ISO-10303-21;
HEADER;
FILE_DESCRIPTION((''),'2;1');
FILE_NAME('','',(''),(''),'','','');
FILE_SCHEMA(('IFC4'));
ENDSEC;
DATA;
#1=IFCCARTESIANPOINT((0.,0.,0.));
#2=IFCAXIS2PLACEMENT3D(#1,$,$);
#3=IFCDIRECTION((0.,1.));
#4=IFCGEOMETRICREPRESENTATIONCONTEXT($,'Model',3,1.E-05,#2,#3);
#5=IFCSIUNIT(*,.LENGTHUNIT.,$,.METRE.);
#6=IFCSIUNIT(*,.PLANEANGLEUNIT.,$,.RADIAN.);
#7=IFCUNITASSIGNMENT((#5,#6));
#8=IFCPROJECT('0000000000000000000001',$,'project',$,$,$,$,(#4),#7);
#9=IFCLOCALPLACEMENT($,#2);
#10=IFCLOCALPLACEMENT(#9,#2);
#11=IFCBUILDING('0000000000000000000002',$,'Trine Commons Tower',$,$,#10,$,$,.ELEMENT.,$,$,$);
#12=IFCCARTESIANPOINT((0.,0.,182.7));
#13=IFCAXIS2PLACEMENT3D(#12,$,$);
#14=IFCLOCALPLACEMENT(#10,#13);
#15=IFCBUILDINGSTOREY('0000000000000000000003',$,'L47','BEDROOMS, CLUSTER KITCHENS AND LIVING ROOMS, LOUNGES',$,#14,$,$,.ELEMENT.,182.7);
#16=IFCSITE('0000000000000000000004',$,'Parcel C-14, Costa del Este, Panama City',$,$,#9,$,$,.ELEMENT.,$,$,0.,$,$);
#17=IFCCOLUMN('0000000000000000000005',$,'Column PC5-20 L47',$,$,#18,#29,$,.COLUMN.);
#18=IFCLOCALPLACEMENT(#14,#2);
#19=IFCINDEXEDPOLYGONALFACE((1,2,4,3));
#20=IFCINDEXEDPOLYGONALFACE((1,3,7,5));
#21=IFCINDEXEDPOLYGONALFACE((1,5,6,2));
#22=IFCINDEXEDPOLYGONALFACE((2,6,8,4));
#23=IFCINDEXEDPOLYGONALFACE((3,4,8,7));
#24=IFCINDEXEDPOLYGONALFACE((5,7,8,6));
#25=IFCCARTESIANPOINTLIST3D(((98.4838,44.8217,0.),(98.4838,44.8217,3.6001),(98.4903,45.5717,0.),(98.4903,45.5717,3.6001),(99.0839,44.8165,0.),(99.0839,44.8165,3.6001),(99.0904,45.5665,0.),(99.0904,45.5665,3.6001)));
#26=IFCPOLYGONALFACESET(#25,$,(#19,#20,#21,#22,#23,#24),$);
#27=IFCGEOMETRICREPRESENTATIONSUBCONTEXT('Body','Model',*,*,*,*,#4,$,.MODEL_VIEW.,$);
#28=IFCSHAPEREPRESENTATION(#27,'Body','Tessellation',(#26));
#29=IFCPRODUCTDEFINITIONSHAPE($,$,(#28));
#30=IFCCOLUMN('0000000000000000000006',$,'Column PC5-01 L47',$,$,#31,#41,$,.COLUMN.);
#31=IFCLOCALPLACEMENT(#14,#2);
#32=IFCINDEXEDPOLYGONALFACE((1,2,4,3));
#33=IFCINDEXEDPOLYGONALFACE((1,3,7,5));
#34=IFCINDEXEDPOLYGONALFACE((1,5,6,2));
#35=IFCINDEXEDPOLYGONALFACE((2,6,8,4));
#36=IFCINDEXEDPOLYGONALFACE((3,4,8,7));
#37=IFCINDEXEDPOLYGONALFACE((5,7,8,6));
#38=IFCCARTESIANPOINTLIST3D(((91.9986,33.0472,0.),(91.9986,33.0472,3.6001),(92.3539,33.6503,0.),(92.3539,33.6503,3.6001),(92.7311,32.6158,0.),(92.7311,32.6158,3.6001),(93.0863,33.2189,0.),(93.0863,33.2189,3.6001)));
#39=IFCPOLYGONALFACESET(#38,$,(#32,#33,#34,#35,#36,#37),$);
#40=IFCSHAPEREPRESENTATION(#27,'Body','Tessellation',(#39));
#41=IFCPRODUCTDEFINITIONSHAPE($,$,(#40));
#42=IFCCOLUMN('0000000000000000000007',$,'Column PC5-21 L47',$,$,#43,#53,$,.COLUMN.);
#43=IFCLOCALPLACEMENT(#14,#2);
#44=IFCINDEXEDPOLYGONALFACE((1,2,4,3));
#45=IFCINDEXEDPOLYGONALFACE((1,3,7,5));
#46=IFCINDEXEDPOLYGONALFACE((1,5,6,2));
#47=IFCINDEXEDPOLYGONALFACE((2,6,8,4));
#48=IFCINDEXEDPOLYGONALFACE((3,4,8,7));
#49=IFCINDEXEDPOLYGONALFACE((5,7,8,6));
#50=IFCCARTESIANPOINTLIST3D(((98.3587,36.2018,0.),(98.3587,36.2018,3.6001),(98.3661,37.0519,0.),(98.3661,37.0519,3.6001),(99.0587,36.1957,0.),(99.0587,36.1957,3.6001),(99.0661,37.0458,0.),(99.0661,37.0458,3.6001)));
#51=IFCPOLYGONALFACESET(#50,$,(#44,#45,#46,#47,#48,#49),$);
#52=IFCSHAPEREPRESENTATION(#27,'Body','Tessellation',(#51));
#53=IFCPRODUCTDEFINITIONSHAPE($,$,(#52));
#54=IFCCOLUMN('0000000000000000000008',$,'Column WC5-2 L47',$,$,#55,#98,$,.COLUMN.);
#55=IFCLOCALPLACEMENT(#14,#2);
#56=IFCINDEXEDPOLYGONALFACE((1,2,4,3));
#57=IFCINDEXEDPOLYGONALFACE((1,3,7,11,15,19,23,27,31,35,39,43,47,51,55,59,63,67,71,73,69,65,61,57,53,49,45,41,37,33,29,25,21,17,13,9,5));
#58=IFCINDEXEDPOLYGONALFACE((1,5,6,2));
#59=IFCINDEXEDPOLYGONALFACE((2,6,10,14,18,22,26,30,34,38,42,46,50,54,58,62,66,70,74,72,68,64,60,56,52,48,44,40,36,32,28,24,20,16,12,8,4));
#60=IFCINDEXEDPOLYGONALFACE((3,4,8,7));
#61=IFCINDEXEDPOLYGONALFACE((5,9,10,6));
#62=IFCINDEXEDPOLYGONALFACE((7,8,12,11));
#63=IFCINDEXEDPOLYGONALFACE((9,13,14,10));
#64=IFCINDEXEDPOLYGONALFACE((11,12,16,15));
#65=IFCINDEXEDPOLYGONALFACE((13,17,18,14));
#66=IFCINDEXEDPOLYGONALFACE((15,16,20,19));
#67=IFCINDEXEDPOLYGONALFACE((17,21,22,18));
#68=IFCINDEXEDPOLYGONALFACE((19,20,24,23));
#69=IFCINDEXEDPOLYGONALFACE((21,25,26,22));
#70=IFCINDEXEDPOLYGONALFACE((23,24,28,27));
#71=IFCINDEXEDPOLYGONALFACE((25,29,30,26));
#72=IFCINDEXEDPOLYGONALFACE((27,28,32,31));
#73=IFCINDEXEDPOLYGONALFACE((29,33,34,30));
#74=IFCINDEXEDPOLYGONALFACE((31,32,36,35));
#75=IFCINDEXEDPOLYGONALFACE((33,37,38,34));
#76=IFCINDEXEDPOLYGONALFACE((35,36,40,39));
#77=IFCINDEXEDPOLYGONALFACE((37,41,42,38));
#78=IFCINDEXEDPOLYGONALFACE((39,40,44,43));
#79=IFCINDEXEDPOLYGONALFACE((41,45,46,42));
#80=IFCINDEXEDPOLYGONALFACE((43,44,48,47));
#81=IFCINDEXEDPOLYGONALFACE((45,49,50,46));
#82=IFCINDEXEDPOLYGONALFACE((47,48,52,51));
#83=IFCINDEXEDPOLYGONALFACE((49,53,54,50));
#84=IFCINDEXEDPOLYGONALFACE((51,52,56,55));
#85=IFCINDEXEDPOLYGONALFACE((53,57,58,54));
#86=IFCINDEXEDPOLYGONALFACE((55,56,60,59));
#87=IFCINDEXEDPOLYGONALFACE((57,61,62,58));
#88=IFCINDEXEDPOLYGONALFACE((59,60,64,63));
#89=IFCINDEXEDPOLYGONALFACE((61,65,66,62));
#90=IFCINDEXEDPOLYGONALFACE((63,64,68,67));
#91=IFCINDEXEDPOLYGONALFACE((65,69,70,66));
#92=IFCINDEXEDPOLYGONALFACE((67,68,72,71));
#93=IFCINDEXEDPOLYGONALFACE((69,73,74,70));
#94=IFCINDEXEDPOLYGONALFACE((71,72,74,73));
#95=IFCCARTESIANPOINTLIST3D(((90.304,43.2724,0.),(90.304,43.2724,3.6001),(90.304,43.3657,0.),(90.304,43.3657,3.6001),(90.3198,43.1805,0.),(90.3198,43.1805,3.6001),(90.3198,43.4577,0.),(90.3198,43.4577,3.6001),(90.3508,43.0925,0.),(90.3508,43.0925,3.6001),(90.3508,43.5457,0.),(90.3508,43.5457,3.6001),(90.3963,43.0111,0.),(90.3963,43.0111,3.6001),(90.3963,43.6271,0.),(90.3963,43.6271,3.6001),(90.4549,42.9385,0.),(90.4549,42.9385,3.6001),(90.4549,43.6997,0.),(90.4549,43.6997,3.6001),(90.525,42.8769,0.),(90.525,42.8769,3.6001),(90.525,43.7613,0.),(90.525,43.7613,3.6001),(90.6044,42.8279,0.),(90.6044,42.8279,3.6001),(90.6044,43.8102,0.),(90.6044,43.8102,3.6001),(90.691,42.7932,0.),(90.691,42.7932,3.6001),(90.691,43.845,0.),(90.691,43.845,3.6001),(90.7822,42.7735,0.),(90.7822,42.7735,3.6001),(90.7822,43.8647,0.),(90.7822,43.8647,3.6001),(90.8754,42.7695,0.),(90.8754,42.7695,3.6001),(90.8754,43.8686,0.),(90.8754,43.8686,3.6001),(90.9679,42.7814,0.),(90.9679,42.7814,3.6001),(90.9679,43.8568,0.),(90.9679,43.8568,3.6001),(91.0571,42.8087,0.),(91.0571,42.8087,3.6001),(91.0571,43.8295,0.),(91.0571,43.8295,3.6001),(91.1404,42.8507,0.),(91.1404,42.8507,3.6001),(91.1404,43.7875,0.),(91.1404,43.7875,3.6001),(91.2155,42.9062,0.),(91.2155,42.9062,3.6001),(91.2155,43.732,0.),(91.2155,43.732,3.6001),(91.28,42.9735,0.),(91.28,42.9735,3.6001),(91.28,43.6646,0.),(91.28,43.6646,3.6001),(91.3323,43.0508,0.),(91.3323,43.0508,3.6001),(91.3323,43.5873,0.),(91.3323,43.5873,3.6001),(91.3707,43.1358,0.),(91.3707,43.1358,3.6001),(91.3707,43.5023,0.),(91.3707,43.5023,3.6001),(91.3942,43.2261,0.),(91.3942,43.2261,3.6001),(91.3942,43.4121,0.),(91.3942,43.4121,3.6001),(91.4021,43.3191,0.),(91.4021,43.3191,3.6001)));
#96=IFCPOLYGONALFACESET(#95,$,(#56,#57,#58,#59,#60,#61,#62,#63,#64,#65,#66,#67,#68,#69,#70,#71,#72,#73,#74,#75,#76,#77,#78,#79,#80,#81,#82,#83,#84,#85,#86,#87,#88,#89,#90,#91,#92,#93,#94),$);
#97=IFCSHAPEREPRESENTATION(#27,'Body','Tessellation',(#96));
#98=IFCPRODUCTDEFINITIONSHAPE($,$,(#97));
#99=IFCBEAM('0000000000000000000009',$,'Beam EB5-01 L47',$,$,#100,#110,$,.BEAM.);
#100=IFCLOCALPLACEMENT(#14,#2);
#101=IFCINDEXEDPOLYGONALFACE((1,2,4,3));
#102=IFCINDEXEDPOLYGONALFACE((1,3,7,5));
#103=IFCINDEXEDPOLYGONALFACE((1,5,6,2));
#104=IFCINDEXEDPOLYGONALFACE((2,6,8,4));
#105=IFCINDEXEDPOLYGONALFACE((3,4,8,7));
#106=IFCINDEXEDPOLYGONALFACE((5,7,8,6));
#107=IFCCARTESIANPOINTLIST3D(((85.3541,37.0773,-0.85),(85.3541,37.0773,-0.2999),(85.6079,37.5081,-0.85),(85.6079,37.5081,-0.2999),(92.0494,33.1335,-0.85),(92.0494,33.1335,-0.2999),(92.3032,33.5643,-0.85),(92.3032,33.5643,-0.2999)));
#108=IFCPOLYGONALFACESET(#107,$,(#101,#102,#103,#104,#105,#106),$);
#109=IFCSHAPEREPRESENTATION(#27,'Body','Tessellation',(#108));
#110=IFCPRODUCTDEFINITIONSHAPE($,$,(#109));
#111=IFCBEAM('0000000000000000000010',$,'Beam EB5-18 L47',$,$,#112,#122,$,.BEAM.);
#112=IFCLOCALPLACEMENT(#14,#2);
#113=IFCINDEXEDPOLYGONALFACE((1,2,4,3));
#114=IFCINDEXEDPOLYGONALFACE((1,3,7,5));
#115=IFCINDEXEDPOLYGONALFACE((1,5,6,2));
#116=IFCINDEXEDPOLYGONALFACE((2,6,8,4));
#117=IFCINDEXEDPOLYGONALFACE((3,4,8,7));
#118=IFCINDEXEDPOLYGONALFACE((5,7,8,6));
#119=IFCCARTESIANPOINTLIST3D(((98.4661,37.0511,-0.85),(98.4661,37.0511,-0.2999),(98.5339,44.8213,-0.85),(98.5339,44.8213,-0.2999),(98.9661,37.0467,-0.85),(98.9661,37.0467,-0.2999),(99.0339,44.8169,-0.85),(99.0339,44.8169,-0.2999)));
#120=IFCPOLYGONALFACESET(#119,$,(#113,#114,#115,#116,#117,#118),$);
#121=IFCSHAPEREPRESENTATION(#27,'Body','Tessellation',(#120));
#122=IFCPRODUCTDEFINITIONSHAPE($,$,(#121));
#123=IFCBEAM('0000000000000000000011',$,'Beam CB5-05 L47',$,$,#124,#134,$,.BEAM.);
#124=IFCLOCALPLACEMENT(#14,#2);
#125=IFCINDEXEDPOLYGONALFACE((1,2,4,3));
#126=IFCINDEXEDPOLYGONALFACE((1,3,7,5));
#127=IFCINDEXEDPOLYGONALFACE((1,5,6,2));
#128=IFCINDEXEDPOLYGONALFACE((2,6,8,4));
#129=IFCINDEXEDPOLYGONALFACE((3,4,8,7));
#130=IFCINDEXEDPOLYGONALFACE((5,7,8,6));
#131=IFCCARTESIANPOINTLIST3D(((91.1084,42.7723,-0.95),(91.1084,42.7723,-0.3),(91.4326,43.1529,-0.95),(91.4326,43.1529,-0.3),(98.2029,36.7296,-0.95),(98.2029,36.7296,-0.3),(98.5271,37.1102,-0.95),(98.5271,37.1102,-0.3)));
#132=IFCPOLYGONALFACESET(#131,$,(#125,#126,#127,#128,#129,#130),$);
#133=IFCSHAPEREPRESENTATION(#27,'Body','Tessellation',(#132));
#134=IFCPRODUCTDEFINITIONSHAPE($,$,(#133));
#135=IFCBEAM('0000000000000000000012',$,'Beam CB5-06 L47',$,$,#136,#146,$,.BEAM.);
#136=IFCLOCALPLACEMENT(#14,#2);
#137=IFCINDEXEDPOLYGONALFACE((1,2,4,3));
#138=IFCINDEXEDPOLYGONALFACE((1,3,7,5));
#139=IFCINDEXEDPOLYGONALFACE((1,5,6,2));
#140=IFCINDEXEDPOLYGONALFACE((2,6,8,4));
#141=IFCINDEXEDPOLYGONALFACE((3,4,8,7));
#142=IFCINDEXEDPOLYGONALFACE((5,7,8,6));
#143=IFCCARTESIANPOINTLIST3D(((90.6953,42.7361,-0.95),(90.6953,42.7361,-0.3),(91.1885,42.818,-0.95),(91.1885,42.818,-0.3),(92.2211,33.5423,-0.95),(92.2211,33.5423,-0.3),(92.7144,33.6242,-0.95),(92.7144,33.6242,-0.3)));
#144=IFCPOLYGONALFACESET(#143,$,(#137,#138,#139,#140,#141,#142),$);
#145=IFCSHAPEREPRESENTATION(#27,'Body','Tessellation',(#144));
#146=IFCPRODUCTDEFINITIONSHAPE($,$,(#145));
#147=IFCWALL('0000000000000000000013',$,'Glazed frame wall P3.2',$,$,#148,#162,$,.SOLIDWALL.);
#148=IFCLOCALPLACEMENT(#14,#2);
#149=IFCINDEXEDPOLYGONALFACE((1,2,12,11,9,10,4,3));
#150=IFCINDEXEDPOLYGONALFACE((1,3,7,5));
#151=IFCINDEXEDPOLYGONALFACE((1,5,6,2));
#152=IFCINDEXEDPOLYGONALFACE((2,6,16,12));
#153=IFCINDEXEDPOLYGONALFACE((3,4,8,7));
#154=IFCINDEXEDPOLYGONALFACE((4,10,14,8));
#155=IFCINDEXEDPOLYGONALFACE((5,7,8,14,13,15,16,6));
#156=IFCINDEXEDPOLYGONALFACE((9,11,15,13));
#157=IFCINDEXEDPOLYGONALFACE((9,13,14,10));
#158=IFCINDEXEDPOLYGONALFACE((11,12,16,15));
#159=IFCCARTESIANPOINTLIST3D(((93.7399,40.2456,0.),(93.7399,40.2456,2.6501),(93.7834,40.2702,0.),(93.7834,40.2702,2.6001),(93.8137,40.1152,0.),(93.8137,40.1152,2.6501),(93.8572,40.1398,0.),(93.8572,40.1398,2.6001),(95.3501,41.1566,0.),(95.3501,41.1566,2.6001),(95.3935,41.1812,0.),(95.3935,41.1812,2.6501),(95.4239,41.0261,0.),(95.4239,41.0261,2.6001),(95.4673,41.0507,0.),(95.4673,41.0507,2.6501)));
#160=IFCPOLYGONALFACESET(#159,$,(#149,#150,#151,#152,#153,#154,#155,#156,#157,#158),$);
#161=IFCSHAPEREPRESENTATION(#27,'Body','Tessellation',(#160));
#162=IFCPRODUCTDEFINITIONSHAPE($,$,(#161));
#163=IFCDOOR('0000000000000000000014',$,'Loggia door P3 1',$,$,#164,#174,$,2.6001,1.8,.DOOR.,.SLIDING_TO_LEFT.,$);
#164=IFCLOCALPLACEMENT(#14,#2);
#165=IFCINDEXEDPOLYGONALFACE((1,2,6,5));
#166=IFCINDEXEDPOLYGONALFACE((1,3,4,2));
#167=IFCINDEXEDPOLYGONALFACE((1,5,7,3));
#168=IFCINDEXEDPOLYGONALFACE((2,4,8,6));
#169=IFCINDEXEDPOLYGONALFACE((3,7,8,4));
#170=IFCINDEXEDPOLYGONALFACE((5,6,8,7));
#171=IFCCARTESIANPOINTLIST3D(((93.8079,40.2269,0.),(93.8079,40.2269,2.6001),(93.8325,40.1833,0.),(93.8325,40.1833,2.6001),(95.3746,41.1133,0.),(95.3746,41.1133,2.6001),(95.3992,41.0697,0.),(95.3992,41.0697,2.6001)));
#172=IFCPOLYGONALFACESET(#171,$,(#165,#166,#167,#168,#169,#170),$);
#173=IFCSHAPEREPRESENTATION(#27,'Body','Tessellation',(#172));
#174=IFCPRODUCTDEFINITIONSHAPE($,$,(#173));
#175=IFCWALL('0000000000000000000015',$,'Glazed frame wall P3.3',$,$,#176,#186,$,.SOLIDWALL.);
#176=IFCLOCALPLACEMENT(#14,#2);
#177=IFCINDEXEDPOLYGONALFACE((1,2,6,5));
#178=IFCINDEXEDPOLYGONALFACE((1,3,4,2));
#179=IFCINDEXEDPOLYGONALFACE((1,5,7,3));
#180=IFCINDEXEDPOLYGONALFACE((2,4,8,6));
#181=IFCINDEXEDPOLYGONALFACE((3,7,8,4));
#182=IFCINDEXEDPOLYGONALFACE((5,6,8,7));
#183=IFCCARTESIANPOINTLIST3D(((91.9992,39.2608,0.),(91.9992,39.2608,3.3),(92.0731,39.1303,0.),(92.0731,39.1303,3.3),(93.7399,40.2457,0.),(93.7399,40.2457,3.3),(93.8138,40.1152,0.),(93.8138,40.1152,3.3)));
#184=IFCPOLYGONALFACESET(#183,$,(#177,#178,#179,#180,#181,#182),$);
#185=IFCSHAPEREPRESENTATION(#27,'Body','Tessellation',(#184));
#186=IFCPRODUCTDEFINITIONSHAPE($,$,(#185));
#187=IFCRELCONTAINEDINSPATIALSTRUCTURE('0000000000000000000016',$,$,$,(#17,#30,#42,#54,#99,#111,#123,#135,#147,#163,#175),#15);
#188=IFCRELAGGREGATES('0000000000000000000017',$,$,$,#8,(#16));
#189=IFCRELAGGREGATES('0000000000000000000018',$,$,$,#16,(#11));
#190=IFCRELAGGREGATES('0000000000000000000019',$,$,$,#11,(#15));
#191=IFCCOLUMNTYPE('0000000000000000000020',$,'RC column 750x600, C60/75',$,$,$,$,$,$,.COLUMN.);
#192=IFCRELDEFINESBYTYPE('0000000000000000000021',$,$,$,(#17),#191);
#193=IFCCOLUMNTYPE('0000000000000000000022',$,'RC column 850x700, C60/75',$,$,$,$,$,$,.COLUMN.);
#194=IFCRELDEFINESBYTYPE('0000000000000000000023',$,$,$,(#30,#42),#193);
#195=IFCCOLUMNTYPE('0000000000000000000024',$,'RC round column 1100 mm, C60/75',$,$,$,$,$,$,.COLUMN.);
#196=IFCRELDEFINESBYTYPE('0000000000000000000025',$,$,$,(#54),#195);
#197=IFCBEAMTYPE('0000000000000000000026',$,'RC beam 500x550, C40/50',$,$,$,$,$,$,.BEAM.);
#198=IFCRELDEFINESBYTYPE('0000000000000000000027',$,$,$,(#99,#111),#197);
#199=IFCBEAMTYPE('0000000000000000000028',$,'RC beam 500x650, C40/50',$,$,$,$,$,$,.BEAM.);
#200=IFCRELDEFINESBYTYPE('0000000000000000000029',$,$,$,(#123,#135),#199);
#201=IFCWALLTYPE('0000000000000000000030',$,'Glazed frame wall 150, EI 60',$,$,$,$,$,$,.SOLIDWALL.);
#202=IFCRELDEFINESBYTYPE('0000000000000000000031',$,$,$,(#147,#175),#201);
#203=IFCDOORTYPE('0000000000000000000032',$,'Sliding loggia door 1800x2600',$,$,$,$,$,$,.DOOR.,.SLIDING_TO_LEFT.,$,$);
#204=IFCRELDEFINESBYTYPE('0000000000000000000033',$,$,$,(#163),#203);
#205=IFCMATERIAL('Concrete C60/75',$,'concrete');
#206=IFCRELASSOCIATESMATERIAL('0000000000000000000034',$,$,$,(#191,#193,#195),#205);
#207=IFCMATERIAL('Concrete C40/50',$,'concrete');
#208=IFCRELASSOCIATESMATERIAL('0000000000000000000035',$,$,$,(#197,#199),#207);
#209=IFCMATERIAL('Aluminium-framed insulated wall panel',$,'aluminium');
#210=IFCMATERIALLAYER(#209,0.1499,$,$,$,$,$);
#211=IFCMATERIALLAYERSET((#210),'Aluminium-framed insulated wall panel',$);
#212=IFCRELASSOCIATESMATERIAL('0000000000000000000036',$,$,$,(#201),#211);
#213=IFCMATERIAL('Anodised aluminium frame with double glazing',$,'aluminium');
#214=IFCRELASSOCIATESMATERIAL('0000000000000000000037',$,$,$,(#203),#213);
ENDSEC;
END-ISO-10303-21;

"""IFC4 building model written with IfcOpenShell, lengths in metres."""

from ifc_helpers import new_model, si_unit, direction, frame, frame_2d, origin, origin_2d, place, context, subcontext, project, spatial, polyline, rectangle, circle, outline, extrude, material, layer, layer_set, material_profile, profile_set, type_object, element, fill, save


model = new_model("IFC4")

# Units and contexts
model_context = context("Model", 3, precision=1e-05, world=origin(), true_north=direction((0.0, 1.0)))
body_context = subcontext(model_context, "Body", "Model", "MODEL_VIEW")
ifc_project = project(units=[si_unit("LENGTHUNIT", "METRE"), si_unit("PLANEANGLEUNIT", "RADIAN")], contexts=[model_context])

# Site, building, storey
site_placement = place(None, origin())
site = spatial("IfcSite", under=ifc_project, at=site_placement, Name="Parcel C-14, Costa del Este, Panama City", CompositionType="ELEMENT", RefElevation=0.0)
building_placement = place(site_placement, origin())
building = spatial("IfcBuilding", under=site, at=building_placement, Name="Trine Commons Tower", CompositionType="ELEMENT")
storey_placement = place(building_placement, frame((0.0, 0.0, 182.7)))
storey = spatial("IfcBuildingStorey", under=building, at=storey_placement, Name="L47", Description="BEDROOMS, CLUSTER KITCHENS AND LIVING ROOMS, LOUNGES", CompositionType="ELEMENT", Elevation=182.7)

# Columns
ifc_material_1 = material(Name="Concrete C60/75", Category="concrete")
ifc_material_profile_1 = material_profile(ifc_material_1, rectangle(XDim=0.75, YDim=0.6001, at=origin_2d()), Name="RC 750x600")
ifc_profile_set_1 = profile_set([ifc_material_profile_1], Name="Concrete C60/75")
column_type_1 = type_object("IfcColumnType", Name="RC column 750x600, C60/75", PredefinedType="COLUMN", material=ifc_profile_set_1)
column_1_placement = place(storey_placement, frame((98.7871, 45.1941, 0.0), z_axis=(0.0, 0.0, 1.0), x_axis=(0.008727, 0.999962, 0.0)))
element("IfcColumn", 1, at=column_1_placement, inside=storey, type_object=column_type_1, Name="Column PC5-20 L47", PredefinedType="COLUMN", context=body_context, shape_type="SweptSolid", body=[
    extrude(rectangle(XDim=0.75, YDim=0.6001, at=origin_2d()), origin(), (0.0, 0.0, 1.0), 3.6001),
])
ifc_material_profile_2 = material_profile(ifc_material_1, rectangle(XDim=0.8501, YDim=0.7, at=origin_2d()), Name="RC 850x700")
ifc_profile_set_2 = profile_set([ifc_material_profile_2], Name="Concrete C60/75")
column_type_2 = type_object("IfcColumnType", Name="RC column 850x700, C60/75", PredefinedType="COLUMN", material=ifc_profile_set_2)
for number, where, z_axis, x_axis, name in (
    (2, (92.5425, 33.1331, 0.0), (0.0, 0.0, 1.0), (-0.861629, 0.507538, 0.0), "Column PC5-01 L47"),
    (3, (98.7124, 36.6238, 0.0), (0.0, 0.0, 1.0), (0.008727, 0.999962, 0.0), "Column PC5-21 L47"),
):
    element("IfcColumn", number, at=place(storey_placement, frame(where, z_axis=z_axis, x_axis=x_axis)), inside=storey, type_object=column_type_2, Name=name, PredefinedType="COLUMN", context=body_context, shape_type="SweptSolid", body=[
        extrude(rectangle(XDim=0.8501, YDim=0.7, at=origin_2d()), origin(), (0.0, 0.0, 1.0), 3.6001),
    ])
ifc_material_profile_3 = material_profile(ifc_material_1, circle(Radius=0.55, at=origin_2d()), Name="RC round 1100")
ifc_profile_set_3 = profile_set([ifc_material_profile_3], Name="Concrete C60/75")
column_type_3 = type_object("IfcColumnType", Name="RC round column 1100 mm, C60/75", PredefinedType="COLUMN", material=ifc_profile_set_3)
column_2_placement = place(storey_placement, frame((90.8521, 43.3191, 0.0), z_axis=(0.0, 0.0, 1.0), x_axis=(1.0, 0.0, 0.0)))
element("IfcColumn", 4, at=column_2_placement, inside=storey, type_object=column_type_3, Name="Column WC5-2 L47", PredefinedType="COLUMN", context=body_context, shape_type="SweptSolid", body=[
    extrude(circle(Radius=0.55, at=origin_2d()), origin(), (0.0, 0.0, 1.0), 3.6001),
])

# Beams
ifc_material_2 = material(Name="Concrete C40/50", Category="concrete")
ifc_material_profile_4 = material_profile(ifc_material_2, rectangle(XDim=0.5, YDim=0.55, at=origin_2d()), Name="RC 500x550")
ifc_profile_set_4 = profile_set([ifc_material_profile_4], Name="Concrete C40/50")
beam_type_1 = type_object("IfcBeamType", Name="RC beam 500x550, C40/50", PredefinedType="BEAM", material=ifc_profile_set_4)
for number, where, z_axis, x_axis, name in (
    (5, (92.1763, 33.3489, -0.575), (-0.861629, 0.507539, 0.0), (-0.507539, -0.861629, 0.0), "Beam EB5-01 L47"),
    (6, (98.7839, 44.8191, -0.575), (-0.008734, -0.999962, 0.0), (0.999962, -0.008734, 0.0), "Beam EB5-18 L47"),
):
    element("IfcBeam", number, at=place(storey_placement, frame(where, z_axis=z_axis, x_axis=x_axis)), inside=storey, type_object=beam_type_1, Name=name, PredefinedType="BEAM", context=body_context, shape_type="SweptSolid", body=[
        extrude(rectangle(XDim=0.5, YDim=0.55, at=origin_2d()), origin(), (0.0, 0.0, 1.0), 7.7705),
    ])
ifc_material_profile_5 = material_profile(ifc_material_2, rectangle(XDim=0.5, YDim=0.6499, at=origin_2d()), Name="RC 500x650")
ifc_profile_set_5 = profile_set([ifc_material_profile_5], Name="Concrete C40/50")
beam_type_2 = type_object("IfcBeamType", Name="RC beam 500x650, C40/50", PredefinedType="BEAM", material=ifc_profile_set_5)
beam_1_placement = place(storey_placement, frame((98.365, 36.9199, -0.625), z_axis=(-0.761282, 0.648421, 0.0), x_axis=(-0.648421, -0.761282, 0.0)))
element("IfcBeam", 7, at=beam_1_placement, inside=storey, type_object=beam_type_2, Name="Beam CB5-05 L47", PredefinedType="BEAM", context=body_context, shape_type="SweptSolid", body=[
    extrude(rectangle(XDim=0.5, YDim=0.6499, at=origin_2d()), origin(), (0.0, 0.0, 1.0), 9.3191),
])
beam_2_placement = place(storey_placement, frame((92.4678, 33.5833, -0.625), z_axis=(-0.163728, 0.986506, 0.0), x_axis=(-0.986506, -0.163728, 0.0)))
element("IfcBeam", 8, at=beam_2_placement, inside=storey, type_object=beam_type_2, Name="Beam CB5-06 L47", PredefinedType="BEAM", context=body_context, shape_type="SweptSolid", body=[
    extrude(rectangle(XDim=0.5, YDim=0.6499, at=origin_2d()), origin(), (0.0, 0.0, 1.0), 9.3196),
])

# Shared definitions
ifc_material_3 = material(Name="Aluminium-framed insulated wall panel", Category="aluminium")
ifc_layer_1 = layer(ifc_material_3, 0.1499)
ifc_layer_set_1 = layer_set([ifc_layer_1], Name="Aluminium-framed insulated wall panel")
wall_type_1 = type_object("IfcWallType", Name="Glazed frame wall 150, EI 60", PredefinedType="SOLIDWALL", material=ifc_layer_set_1)

# Wall, opening, door
wall_1_placement = place(storey_placement, frame((95.4304, 41.116, 0.0), z_axis=(0.0, 0.0, 1.0), x_axis=(-0.870355, -0.492426, 0.0)))
wall_1 = element("IfcWall", 9, at=wall_1_placement, inside=storey, type_object=wall_type_1, Name="Glazed frame wall P3.2", PredefinedType="SOLIDWALL", context=body_context, shape_type="SweptSolid", body=[
    extrude(outline(polyline([(0.0, -0.075), (1.8999, -0.075), (1.8999, 0.075), (0.0, 0.075), (0.0, -0.075)])), origin(), (0.0, 0.0, 1.0), 2.6501),
])
opening_1_placement = place(wall_1_placement, frame((0.05, 0.0, 0.0)))
opening_1 = element("IfcOpeningElement", 10, at=opening_1_placement, cuts=wall_1, PredefinedType="OPENING", context=body_context, shape_type="SweptSolid", body=[
    extrude(rectangle(XDim=1.8, YDim=2.6001, at=frame_2d((0.8999, 1.3))), frame((0.0, 0.085, 0.0), z_axis=(0.0, -1.0, 0.0), x_axis=(1.0, 0.0, 0.0)), (0.0, 0.0, 1.0), 0.1699),
])
ifc_material_4 = material(Name="Anodised aluminium frame with double glazing", Category="aluminium")
door_type_1 = type_object("IfcDoorType", Name="Sliding loggia door 1800x2600", OperationType="SLIDING_TO_LEFT", PredefinedType="DOOR", material=ifc_material_4)
door_1_placement = place(opening_1_placement, origin())
door_1 = element("IfcDoor", 11, at=door_1_placement, inside=storey, type_object=door_type_1, Name="Loggia door P3 1", OperationType="SLIDING_TO_LEFT", OverallHeight=2.6001, OverallWidth=1.8, PredefinedType="DOOR", context=body_context, shape_type="SweptSolid", body=[
    extrude(rectangle(XDim=1.8, YDim=2.6001, at=frame_2d((0.8999, 1.3))), frame((0.0, 0.0249, 0.0), z_axis=(0.0, -1.0, 0.0), x_axis=(1.0, 0.0, 0.0)), (0.0, 0.0, 1.0), 0.05),
])
fill(opening_1, door_1)

# Wall
wall_2_placement = place(storey_placement, frame((93.7769, 40.1804, 0.0), z_axis=(0.0, 0.0, 1.0), x_axis=(-0.870354, -0.492427, 0.0)))
element("IfcWall", 12, at=wall_2_placement, inside=storey, type_object=wall_type_1, Name="Glazed frame wall P3.3", PredefinedType="SOLIDWALL", context=body_context, shape_type="SweptSolid", body=[
    extrude(outline(polyline([(0.0, -0.075), (2.0, -0.075), (2.0, 0.075), (0.0, 0.075), (0.0, -0.075)])), origin(), (0.0, 0.0, 1.0), 3.3),
])

save(model, "model.ifc")
